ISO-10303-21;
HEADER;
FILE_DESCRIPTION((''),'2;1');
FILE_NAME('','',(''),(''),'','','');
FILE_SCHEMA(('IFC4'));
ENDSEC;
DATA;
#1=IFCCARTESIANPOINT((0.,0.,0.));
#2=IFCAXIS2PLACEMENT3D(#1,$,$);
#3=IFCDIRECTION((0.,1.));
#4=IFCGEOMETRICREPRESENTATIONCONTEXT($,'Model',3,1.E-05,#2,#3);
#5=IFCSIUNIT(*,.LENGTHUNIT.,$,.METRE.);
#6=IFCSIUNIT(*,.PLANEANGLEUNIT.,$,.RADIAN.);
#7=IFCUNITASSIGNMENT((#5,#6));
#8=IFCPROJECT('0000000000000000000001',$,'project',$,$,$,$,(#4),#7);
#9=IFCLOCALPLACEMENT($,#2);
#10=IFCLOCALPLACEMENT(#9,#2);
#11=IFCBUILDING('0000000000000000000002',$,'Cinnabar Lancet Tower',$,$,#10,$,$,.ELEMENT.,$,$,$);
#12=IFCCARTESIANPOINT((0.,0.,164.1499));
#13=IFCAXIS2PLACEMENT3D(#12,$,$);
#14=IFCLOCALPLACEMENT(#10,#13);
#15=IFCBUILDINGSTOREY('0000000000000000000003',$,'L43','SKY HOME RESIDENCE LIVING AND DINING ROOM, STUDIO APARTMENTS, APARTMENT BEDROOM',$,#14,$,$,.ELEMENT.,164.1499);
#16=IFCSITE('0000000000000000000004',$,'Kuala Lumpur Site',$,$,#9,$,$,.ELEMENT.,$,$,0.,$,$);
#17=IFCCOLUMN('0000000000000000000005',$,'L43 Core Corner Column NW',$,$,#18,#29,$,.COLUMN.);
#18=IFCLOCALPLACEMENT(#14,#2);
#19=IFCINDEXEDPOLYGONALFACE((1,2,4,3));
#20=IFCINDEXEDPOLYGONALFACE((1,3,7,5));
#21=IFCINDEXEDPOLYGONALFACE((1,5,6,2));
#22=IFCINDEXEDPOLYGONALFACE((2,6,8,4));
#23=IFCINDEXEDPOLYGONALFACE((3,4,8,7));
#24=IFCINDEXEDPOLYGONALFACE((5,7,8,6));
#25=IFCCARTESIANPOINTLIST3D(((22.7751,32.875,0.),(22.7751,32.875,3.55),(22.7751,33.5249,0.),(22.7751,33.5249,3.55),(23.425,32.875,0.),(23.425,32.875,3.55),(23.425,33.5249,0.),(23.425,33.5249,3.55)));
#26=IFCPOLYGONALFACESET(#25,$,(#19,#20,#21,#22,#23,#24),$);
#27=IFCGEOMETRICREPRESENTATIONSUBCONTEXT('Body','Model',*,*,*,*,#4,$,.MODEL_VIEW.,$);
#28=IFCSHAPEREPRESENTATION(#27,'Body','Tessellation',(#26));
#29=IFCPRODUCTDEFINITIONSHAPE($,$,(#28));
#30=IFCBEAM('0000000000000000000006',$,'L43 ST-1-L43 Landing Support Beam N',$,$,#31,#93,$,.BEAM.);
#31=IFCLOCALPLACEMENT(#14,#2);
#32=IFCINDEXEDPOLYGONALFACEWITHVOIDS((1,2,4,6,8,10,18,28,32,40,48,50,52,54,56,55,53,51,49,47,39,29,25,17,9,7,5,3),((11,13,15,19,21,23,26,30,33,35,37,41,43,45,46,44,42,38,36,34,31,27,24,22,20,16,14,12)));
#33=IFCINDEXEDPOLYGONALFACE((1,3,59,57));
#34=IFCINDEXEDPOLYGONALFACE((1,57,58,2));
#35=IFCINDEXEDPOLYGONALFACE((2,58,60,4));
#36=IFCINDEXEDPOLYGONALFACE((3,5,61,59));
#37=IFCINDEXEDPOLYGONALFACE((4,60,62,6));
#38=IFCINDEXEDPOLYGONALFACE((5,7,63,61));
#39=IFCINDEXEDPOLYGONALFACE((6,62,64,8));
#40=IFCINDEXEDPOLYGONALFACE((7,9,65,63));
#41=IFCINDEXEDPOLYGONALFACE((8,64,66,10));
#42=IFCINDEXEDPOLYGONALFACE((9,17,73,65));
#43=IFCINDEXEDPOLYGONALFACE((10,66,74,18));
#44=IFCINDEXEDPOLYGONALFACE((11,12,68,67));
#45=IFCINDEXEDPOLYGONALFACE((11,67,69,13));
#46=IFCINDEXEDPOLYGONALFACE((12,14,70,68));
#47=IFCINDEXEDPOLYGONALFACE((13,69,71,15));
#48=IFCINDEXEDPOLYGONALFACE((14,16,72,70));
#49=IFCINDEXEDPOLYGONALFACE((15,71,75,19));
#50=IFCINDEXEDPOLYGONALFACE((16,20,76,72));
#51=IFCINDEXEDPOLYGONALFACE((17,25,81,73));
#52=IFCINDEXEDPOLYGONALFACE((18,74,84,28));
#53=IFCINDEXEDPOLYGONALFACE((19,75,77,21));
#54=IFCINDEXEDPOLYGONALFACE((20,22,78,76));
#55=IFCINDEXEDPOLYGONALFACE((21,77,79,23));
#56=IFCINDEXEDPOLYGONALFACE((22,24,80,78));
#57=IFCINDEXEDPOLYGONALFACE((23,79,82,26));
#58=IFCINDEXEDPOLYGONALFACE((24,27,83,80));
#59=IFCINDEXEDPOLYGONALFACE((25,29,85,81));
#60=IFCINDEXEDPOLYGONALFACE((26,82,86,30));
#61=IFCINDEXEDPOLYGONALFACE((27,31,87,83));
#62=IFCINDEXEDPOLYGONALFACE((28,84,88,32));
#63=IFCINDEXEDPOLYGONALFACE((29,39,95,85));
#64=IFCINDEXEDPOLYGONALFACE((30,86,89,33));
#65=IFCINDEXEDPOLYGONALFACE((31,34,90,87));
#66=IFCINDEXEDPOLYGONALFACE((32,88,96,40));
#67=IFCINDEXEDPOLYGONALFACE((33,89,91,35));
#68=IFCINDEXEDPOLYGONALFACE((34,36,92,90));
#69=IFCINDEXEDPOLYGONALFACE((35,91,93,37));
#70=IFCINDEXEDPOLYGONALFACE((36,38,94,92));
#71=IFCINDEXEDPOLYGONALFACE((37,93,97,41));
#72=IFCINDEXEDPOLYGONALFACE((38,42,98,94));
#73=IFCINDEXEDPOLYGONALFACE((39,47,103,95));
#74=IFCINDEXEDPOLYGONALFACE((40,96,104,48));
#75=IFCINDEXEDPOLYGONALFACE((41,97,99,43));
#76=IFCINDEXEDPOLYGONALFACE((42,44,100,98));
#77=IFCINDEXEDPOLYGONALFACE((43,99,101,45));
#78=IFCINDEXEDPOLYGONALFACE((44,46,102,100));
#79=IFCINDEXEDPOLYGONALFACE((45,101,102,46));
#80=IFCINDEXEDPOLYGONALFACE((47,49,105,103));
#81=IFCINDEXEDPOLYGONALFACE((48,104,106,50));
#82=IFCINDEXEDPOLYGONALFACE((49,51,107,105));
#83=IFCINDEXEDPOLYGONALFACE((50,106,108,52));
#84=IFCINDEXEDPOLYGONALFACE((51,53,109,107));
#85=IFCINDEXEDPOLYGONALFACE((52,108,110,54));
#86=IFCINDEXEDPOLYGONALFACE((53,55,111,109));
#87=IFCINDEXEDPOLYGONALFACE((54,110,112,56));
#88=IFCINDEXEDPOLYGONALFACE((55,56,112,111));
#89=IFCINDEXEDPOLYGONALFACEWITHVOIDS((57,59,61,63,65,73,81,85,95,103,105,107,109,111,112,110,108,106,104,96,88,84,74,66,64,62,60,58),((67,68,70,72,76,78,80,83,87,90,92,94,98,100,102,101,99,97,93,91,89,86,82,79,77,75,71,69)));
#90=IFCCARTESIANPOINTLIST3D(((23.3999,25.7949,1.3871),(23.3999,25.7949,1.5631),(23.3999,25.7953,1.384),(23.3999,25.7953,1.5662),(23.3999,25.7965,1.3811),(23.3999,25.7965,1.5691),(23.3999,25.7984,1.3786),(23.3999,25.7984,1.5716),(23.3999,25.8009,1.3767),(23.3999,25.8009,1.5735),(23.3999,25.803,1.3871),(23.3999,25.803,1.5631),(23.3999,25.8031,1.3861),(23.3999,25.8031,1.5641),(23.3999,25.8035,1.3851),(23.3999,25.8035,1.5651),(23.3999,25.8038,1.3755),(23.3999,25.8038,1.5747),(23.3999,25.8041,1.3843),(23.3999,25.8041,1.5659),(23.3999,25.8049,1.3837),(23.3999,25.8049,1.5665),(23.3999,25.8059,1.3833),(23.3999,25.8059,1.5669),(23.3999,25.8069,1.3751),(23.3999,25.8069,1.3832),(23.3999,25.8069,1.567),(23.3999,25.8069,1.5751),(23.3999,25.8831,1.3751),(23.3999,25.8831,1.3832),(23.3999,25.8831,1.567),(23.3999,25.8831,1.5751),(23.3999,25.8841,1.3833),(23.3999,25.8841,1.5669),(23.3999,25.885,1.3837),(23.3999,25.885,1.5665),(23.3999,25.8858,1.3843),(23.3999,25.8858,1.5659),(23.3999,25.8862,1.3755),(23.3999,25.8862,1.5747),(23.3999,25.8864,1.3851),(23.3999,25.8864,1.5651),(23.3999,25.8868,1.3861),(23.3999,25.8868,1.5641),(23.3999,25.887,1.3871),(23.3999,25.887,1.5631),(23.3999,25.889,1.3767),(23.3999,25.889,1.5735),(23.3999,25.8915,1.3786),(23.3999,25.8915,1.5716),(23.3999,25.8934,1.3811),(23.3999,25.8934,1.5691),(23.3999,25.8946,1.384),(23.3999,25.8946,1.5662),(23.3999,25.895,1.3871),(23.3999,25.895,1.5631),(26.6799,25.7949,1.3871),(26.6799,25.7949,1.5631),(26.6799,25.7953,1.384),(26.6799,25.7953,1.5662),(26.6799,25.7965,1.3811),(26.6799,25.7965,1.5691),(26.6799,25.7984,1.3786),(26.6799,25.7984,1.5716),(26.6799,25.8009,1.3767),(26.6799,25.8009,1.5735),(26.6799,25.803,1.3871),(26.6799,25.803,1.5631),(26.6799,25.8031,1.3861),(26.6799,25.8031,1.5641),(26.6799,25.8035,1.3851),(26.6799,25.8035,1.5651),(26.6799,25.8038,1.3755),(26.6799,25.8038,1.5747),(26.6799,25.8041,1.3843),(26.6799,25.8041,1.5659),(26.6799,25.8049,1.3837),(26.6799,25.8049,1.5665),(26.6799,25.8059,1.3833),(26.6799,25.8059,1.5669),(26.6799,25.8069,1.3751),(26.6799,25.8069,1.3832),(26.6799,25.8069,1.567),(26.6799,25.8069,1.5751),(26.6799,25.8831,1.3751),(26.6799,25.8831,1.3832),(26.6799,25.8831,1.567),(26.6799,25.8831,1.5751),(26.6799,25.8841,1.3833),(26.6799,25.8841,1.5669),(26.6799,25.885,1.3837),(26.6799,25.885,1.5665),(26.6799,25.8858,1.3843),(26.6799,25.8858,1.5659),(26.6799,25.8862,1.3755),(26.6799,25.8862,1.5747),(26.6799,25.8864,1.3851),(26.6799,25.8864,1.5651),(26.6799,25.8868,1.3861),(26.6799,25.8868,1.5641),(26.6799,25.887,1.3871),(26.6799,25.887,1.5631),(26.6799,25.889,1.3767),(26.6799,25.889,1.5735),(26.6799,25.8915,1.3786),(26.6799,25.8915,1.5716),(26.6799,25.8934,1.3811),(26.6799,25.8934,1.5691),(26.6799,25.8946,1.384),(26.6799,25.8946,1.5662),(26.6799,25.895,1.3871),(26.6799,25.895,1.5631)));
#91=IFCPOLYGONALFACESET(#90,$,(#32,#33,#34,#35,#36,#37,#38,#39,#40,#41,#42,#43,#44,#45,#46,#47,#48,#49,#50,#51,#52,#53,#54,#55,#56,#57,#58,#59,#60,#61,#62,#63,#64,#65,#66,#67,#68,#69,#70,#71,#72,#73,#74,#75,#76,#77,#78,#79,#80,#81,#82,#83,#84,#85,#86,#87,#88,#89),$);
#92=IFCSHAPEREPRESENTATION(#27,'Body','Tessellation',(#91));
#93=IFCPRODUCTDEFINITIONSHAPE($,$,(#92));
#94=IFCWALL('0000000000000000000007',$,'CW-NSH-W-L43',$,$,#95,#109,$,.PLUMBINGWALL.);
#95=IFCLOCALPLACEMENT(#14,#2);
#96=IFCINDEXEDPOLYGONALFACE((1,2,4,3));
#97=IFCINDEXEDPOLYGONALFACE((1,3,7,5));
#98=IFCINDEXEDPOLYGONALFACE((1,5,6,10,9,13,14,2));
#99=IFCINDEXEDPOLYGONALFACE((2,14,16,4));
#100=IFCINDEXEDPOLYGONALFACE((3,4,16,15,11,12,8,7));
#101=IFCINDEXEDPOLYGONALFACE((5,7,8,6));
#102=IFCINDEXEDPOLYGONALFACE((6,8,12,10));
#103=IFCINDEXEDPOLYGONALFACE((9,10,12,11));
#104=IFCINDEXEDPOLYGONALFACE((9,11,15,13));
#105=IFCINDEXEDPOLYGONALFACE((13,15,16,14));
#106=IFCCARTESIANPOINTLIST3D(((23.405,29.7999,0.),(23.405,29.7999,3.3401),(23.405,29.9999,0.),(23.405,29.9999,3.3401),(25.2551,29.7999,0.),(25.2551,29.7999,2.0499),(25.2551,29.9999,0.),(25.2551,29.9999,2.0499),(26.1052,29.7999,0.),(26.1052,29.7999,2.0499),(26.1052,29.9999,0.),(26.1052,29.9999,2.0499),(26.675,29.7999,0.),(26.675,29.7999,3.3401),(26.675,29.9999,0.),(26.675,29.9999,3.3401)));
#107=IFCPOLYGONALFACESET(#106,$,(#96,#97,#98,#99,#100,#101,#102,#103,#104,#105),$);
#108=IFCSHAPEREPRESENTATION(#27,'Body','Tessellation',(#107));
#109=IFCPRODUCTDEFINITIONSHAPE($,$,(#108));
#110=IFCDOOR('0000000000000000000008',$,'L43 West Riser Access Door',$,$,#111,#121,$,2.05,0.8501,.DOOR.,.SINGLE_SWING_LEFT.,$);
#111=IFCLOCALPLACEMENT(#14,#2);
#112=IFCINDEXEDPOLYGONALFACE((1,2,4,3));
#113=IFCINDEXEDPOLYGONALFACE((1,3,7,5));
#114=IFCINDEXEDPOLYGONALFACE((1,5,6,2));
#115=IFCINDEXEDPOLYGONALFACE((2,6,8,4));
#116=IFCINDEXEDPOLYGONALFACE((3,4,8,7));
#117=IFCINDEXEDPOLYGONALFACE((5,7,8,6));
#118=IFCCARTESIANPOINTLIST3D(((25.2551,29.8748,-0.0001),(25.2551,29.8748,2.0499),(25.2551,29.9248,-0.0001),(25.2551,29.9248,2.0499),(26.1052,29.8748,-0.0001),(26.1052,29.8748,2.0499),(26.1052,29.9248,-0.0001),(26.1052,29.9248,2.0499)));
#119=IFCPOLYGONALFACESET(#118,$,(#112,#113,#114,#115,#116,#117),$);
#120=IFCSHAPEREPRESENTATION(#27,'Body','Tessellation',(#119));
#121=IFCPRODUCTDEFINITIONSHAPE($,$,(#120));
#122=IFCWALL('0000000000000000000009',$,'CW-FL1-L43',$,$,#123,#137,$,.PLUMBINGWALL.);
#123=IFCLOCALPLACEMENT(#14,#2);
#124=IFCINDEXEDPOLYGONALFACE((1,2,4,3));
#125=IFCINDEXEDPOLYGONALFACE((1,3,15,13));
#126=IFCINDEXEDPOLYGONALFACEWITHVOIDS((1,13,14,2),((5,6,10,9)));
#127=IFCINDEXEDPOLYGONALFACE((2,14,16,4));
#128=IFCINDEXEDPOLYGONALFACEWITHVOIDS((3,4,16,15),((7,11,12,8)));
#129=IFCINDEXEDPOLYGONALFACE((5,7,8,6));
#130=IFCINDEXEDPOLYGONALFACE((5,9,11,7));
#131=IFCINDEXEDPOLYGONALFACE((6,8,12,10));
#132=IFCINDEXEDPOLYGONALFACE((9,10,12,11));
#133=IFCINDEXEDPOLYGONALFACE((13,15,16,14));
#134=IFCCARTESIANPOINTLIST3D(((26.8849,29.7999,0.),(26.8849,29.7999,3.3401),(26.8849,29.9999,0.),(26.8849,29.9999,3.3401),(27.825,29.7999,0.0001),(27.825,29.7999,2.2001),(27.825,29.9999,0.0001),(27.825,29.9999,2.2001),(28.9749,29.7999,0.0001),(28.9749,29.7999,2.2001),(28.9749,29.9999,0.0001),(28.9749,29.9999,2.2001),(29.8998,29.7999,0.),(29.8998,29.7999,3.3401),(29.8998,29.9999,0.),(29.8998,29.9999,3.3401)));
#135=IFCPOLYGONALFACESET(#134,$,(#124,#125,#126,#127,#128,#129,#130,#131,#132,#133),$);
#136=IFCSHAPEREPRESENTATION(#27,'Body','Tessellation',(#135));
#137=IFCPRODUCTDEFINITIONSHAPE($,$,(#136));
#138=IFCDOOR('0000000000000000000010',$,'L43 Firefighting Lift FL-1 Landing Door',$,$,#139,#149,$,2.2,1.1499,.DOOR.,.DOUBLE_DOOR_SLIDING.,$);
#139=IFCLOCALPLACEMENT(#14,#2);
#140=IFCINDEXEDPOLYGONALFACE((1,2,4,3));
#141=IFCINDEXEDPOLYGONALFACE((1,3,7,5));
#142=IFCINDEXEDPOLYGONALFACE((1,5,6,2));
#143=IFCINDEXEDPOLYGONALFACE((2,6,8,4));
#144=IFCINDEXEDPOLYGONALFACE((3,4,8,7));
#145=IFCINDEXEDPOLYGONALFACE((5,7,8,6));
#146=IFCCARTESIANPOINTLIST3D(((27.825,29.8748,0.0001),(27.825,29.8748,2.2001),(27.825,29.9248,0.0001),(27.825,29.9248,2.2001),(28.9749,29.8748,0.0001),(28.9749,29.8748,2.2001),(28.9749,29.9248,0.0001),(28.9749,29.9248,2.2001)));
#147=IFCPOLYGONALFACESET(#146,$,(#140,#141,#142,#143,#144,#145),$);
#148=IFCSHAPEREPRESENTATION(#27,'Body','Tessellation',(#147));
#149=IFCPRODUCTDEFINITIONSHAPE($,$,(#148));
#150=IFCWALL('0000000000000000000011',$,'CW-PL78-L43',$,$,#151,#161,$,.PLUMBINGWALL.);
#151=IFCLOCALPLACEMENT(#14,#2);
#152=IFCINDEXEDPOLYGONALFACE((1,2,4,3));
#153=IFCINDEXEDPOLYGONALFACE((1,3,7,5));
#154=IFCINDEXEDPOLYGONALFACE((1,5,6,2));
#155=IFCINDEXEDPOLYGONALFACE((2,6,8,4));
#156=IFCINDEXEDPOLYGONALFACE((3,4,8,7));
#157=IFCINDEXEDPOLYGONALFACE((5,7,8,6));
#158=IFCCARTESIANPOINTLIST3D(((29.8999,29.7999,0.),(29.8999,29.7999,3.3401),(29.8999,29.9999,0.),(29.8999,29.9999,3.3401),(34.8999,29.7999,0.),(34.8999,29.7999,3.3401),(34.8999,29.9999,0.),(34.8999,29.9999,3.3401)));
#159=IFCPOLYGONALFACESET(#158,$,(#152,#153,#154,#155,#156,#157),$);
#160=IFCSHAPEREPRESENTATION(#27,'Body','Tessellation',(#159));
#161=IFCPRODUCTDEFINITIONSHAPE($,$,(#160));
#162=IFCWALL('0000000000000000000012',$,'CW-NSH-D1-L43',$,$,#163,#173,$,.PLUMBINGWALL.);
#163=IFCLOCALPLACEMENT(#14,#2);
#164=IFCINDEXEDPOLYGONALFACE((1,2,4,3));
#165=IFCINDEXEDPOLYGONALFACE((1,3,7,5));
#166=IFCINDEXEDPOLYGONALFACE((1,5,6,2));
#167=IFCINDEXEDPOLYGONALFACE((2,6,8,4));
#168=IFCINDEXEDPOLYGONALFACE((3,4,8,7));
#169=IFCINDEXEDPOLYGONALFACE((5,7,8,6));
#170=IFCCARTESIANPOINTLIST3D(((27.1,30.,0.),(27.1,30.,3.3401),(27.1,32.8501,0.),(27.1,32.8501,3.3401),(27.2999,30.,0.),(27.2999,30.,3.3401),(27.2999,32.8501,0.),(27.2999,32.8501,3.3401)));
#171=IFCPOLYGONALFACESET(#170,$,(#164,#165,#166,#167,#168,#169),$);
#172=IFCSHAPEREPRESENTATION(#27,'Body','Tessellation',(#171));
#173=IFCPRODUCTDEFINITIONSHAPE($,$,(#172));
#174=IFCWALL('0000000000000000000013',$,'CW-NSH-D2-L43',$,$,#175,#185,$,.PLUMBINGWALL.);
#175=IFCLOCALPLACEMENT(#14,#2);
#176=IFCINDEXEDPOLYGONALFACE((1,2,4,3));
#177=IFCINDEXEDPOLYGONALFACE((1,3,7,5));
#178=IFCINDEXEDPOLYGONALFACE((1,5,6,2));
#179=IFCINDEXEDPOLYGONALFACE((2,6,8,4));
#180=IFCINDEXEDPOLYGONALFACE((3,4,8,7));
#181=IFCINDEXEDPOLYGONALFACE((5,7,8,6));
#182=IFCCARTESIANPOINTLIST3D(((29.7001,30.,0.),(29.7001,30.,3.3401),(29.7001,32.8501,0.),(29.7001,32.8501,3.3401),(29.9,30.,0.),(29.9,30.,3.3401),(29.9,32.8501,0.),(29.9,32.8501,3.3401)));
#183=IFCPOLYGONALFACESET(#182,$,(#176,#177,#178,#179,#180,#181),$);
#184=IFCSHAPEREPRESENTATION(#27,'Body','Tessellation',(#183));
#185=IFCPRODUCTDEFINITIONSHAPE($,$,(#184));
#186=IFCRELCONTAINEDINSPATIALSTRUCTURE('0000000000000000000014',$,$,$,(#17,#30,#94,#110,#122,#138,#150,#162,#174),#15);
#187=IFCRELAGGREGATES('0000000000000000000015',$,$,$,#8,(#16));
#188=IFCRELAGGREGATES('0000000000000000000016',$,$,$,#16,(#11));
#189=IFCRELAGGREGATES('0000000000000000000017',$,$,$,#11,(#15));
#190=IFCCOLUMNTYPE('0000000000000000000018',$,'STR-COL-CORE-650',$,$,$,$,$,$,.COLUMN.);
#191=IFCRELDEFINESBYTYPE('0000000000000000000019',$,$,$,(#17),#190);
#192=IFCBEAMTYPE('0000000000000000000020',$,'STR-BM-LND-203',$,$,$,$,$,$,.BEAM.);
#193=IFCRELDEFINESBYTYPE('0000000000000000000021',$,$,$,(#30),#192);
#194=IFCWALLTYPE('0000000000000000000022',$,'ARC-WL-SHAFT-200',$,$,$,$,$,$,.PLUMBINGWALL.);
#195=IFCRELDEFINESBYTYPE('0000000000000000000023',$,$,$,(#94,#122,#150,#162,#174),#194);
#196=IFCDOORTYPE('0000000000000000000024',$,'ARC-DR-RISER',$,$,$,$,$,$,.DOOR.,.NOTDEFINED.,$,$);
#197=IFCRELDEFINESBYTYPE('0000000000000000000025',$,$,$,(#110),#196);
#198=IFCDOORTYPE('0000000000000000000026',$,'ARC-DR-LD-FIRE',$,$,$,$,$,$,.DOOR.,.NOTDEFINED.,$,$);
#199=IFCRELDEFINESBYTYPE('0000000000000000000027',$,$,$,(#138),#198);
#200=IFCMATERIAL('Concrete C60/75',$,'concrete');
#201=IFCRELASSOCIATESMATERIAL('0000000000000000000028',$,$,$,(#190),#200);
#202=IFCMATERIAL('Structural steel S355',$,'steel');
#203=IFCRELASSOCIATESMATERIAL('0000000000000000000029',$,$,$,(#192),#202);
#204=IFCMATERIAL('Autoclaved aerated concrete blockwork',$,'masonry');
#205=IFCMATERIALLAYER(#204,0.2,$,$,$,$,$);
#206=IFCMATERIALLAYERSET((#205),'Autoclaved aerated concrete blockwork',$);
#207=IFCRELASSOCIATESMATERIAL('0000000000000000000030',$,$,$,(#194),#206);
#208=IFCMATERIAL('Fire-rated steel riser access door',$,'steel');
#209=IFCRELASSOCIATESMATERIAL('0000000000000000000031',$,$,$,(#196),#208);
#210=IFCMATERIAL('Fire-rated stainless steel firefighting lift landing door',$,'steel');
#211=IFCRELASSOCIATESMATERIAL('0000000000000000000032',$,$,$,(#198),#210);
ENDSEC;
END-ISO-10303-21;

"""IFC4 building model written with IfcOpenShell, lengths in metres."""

from ifc_helpers import new_model, si_unit, direction, frame, frame_2d, origin, origin_2d, place, context, subcontext, project, spatial, rectangle, hollow_rectangle, extrude, material, layer, layer_set, material_profile, profile_set, type_object, element, fill, save


model = new_model("IFC4")

# Units and contexts
model_context = context("Model", 3, precision=1e-05, world=origin(), true_north=direction((0.0, 1.0)))
body_context = subcontext(model_context, "Body", "Model", "MODEL_VIEW")
ifc_project = project(units=[si_unit("LENGTHUNIT", "METRE"), si_unit("PLANEANGLEUNIT", "RADIAN")], contexts=[model_context])

# Site, building, storey
site_placement = place(None, origin())
site = spatial("IfcSite", under=ifc_project, at=site_placement, Name="Kuala Lumpur Site", CompositionType="ELEMENT", RefElevation=0.0)
building_placement = place(site_placement, origin())
building = spatial("IfcBuilding", under=site, at=building_placement, Name="Cinnabar Lancet Tower", CompositionType="ELEMENT")
storey_placement = place(building_placement, frame((0.0, 0.0, 164.1499)))
storey = spatial("IfcBuildingStorey", under=building, at=storey_placement, Name="L43", Description="SKY HOME RESIDENCE LIVING AND DINING ROOM, STUDIO APARTMENTS, APARTMENT BEDROOM", CompositionType="ELEMENT", Elevation=164.1499)

# Column
ifc_material_1 = material(Name="Concrete C60/75", Category="concrete")
ifc_material_profile_1 = material_profile(ifc_material_1, rectangle(XDim=0.6499, YDim=0.6499, at=origin_2d()), Name="RC-COL 650x650")
ifc_profile_set_1 = profile_set([ifc_material_profile_1], Name="Concrete C60/75")
column_type = type_object("IfcColumnType", Name="STR-COL-CORE-650", PredefinedType="COLUMN", material=ifc_profile_set_1)
column_placement = place(storey_placement, frame((23.1001, 33.2, 0.0), z_axis=(0.0, 0.0, 1.0), x_axis=(1.0, 0.0, 0.0)))
element("IfcColumn", 1, at=column_placement, inside=storey, type_object=column_type, Name="L43 Core Corner Column NW", PredefinedType="COLUMN", context=body_context, shape_type="SweptSolid", body=[
    extrude(rectangle(XDim=0.6499, YDim=0.6499, at=origin_2d()), origin(), (0.0, 0.0, 1.0), 3.55),
])

# Beam
ifc_material_2 = material(Name="Structural steel S355", Category="steel")
ifc_material_profile_2 = material_profile(ifc_material_2, hollow_rectangle(XDim=0.1001, YDim=0.2, WallThickness=0.0081, InnerFilletRadius=0.0039, OuterFilletRadius=0.012, at=origin_2d()), Name="RHS 200x100x8")
ifc_profile_set_2 = profile_set([ifc_material_profile_2], Name="Structural steel S355")
beam_type = type_object("IfcBeamType", Name="STR-BM-LND-203", PredefinedType="BEAM", material=ifc_profile_set_2)
beam_placement = place(storey_placement, frame((23.3999, 25.845, 1.4751), z_axis=(1.0, 0.0, 0.0), x_axis=(0.0, 1.0, 0.0)))
element("IfcBeam", 2, at=beam_placement, inside=storey, type_object=beam_type, Name="L43 ST-1-L43 Landing Support Beam N", PredefinedType="BEAM", context=body_context, shape_type="SweptSolid", body=[
    extrude(hollow_rectangle(XDim=0.1001, YDim=0.2, WallThickness=0.0081, InnerFilletRadius=0.0039, OuterFilletRadius=0.012, at=origin_2d()), origin(), (0.0, 0.0, 1.0), 3.28),
])

# Walls, openings, doors
ifc_material_3 = material(Name="Autoclaved aerated concrete blockwork", Category="masonry")
ifc_layer_1 = layer(ifc_material_3, 0.2)
ifc_layer_set_1 = layer_set([ifc_layer_1], Name="Autoclaved aerated concrete blockwork")
wall_type_1 = type_object("IfcWallType", Name="ARC-WL-SHAFT-200", PredefinedType="PLUMBINGWALL", material=ifc_layer_set_1)
wall_1_placement = place(storey_placement, frame((23.405, 29.8999, 0.0), z_axis=(0.0, 0.0, 1.0), x_axis=(1.0, 0.0, 0.0)))
wall_1 = element("IfcWall", 3, at=wall_1_placement, inside=storey, type_object=wall_type_1, Name="CW-NSH-W-L43", PredefinedType="PLUMBINGWALL", context=body_context, shape_type="SweptSolid", body=[
    extrude(rectangle(XDim=3.27, YDim=0.2, at=frame_2d((1.635, 0.0))), origin(), (0.0, 0.0, 1.0), 3.3401),
])
opening_1_placement = place(wall_1_placement, frame((1.8501, 0.0, 0.0)))
opening_1 = element("IfcOpeningElement", 4, at=opening_1_placement, cuts=wall_1, PredefinedType="OPENING", context=body_context, shape_type="SweptSolid", body=[
    extrude(rectangle(XDim=0.8501, YDim=2.05, at=frame_2d((0.425, 1.0249))), frame((0.0, 0.1099, 0.0), z_axis=(0.0, -1.0, 0.0), x_axis=(1.0, 0.0, 0.0)), (0.0, 0.0, 1.0), 0.22),
])
ifc_material_4 = material(Name="Fire-rated steel riser access door", Category="steel")
door_type_1 = type_object("IfcDoorType", Name="ARC-DR-RISER", OperationType="NOTDEFINED", PredefinedType="DOOR", material=ifc_material_4)
door_1_placement = place(opening_1_placement, origin())
door_1 = element("IfcDoor", 5, at=door_1_placement, inside=storey, type_object=door_type_1, Name="L43 West Riser Access Door", OperationType="SINGLE_SWING_LEFT", OverallHeight=2.05, OverallWidth=0.8501, PredefinedType="DOOR", context=body_context, shape_type="SweptSolid", body=[
    extrude(rectangle(XDim=0.8501, YDim=2.05, at=frame_2d((0.425, 1.0249))), frame((0.0, 0.0249, 0.0), z_axis=(0.0, -1.0, 0.0), x_axis=(1.0, 0.0, 0.0)), (0.0, 0.0, 1.0), 0.05),
])
fill(opening_1, door_1)
wall_2_placement = place(storey_placement, frame((26.885, 29.8999, 0.0), z_axis=(0.0, 0.0, 1.0), x_axis=(1.0, 0.0, 0.0)))
wall_2 = element("IfcWall", 6, at=wall_2_placement, inside=storey, type_object=wall_type_1, Name="CW-FL1-L43", PredefinedType="PLUMBINGWALL", context=body_context, shape_type="SweptSolid", body=[
    extrude(rectangle(XDim=3.0149, YDim=0.2, at=frame_2d((1.5073, 0.0))), origin(), (0.0, 0.0, 1.0), 3.3401),
])
opening_2_placement = place(wall_2_placement, frame((0.9399, 0.0, 0.0)))
opening_2 = element("IfcOpeningElement", 7, at=opening_2_placement, cuts=wall_2, PredefinedType="OPENING", context=body_context, shape_type="SweptSolid", body=[
    extrude(rectangle(XDim=1.1499, YDim=2.2, at=frame_2d((0.575, 1.1001))), frame((0.0, 0.1099, 0.0), z_axis=(0.0, -1.0, 0.0), x_axis=(1.0, 0.0, 0.0)), (0.0, 0.0, 1.0), 0.22),
])
ifc_material_5 = material(Name="Fire-rated stainless steel firefighting lift landing door", Category="steel")
door_type_2 = type_object("IfcDoorType", Name="ARC-DR-LD-FIRE", OperationType="NOTDEFINED", PredefinedType="DOOR", material=ifc_material_5)
door_2_placement = place(opening_2_placement, origin())
door_2 = element("IfcDoor", 8, at=door_2_placement, inside=storey, type_object=door_type_2, Name="L43 Firefighting Lift FL-1 Landing Door", OperationType="DOUBLE_DOOR_SLIDING", OverallHeight=2.2, OverallWidth=1.1499, PredefinedType="DOOR", context=body_context, shape_type="SweptSolid", body=[
    extrude(rectangle(XDim=1.1499, YDim=2.2, at=frame_2d((0.575, 1.1001))), frame((0.0, 0.0249, 0.0), z_axis=(0.0, -1.0, 0.0), x_axis=(1.0, 0.0, 0.0)), (0.0, 0.0, 1.0), 0.05),
])
fill(opening_2, door_2)

# Walls
wall_3_placement = place(storey_placement, frame((29.8999, 29.8999, 0.0), z_axis=(0.0, 0.0, 1.0), x_axis=(1.0, 0.0, 0.0)))
element("IfcWall", 9, at=wall_3_placement, inside=storey, type_object=wall_type_1, Name="CW-PL78-L43", PredefinedType="PLUMBINGWALL", context=body_context, shape_type="SweptSolid", body=[
    extrude(rectangle(XDim=5.0, YDim=0.2, at=frame_2d((2.5, 0.0))), origin(), (0.0, 0.0, 1.0), 3.3401),
])
for number, where, z_axis, x_axis, name in (
    (10, (27.2, 30.0, 0.0), (0.0, 0.0, 1.0), (0.0, 1.0, 0.0), "CW-NSH-D1-L43"),
    (11, (29.8, 30.0, 0.0), (0.0, 0.0, 1.0), (0.0, 1.0, 0.0), "CW-NSH-D2-L43"),
):
    element("IfcWall", number, at=place(storey_placement, frame(where, z_axis=z_axis, x_axis=x_axis)), inside=storey, type_object=wall_type_1, Name=name, PredefinedType="PLUMBINGWALL", context=body_context, shape_type="SweptSolid", body=[
        extrude(rectangle(XDim=2.8501, YDim=0.2, at=frame_2d((1.425, 0.0))), origin(), (0.0, 0.0, 1.0), 3.3401),
    ])

save(model, "model.ifc")
